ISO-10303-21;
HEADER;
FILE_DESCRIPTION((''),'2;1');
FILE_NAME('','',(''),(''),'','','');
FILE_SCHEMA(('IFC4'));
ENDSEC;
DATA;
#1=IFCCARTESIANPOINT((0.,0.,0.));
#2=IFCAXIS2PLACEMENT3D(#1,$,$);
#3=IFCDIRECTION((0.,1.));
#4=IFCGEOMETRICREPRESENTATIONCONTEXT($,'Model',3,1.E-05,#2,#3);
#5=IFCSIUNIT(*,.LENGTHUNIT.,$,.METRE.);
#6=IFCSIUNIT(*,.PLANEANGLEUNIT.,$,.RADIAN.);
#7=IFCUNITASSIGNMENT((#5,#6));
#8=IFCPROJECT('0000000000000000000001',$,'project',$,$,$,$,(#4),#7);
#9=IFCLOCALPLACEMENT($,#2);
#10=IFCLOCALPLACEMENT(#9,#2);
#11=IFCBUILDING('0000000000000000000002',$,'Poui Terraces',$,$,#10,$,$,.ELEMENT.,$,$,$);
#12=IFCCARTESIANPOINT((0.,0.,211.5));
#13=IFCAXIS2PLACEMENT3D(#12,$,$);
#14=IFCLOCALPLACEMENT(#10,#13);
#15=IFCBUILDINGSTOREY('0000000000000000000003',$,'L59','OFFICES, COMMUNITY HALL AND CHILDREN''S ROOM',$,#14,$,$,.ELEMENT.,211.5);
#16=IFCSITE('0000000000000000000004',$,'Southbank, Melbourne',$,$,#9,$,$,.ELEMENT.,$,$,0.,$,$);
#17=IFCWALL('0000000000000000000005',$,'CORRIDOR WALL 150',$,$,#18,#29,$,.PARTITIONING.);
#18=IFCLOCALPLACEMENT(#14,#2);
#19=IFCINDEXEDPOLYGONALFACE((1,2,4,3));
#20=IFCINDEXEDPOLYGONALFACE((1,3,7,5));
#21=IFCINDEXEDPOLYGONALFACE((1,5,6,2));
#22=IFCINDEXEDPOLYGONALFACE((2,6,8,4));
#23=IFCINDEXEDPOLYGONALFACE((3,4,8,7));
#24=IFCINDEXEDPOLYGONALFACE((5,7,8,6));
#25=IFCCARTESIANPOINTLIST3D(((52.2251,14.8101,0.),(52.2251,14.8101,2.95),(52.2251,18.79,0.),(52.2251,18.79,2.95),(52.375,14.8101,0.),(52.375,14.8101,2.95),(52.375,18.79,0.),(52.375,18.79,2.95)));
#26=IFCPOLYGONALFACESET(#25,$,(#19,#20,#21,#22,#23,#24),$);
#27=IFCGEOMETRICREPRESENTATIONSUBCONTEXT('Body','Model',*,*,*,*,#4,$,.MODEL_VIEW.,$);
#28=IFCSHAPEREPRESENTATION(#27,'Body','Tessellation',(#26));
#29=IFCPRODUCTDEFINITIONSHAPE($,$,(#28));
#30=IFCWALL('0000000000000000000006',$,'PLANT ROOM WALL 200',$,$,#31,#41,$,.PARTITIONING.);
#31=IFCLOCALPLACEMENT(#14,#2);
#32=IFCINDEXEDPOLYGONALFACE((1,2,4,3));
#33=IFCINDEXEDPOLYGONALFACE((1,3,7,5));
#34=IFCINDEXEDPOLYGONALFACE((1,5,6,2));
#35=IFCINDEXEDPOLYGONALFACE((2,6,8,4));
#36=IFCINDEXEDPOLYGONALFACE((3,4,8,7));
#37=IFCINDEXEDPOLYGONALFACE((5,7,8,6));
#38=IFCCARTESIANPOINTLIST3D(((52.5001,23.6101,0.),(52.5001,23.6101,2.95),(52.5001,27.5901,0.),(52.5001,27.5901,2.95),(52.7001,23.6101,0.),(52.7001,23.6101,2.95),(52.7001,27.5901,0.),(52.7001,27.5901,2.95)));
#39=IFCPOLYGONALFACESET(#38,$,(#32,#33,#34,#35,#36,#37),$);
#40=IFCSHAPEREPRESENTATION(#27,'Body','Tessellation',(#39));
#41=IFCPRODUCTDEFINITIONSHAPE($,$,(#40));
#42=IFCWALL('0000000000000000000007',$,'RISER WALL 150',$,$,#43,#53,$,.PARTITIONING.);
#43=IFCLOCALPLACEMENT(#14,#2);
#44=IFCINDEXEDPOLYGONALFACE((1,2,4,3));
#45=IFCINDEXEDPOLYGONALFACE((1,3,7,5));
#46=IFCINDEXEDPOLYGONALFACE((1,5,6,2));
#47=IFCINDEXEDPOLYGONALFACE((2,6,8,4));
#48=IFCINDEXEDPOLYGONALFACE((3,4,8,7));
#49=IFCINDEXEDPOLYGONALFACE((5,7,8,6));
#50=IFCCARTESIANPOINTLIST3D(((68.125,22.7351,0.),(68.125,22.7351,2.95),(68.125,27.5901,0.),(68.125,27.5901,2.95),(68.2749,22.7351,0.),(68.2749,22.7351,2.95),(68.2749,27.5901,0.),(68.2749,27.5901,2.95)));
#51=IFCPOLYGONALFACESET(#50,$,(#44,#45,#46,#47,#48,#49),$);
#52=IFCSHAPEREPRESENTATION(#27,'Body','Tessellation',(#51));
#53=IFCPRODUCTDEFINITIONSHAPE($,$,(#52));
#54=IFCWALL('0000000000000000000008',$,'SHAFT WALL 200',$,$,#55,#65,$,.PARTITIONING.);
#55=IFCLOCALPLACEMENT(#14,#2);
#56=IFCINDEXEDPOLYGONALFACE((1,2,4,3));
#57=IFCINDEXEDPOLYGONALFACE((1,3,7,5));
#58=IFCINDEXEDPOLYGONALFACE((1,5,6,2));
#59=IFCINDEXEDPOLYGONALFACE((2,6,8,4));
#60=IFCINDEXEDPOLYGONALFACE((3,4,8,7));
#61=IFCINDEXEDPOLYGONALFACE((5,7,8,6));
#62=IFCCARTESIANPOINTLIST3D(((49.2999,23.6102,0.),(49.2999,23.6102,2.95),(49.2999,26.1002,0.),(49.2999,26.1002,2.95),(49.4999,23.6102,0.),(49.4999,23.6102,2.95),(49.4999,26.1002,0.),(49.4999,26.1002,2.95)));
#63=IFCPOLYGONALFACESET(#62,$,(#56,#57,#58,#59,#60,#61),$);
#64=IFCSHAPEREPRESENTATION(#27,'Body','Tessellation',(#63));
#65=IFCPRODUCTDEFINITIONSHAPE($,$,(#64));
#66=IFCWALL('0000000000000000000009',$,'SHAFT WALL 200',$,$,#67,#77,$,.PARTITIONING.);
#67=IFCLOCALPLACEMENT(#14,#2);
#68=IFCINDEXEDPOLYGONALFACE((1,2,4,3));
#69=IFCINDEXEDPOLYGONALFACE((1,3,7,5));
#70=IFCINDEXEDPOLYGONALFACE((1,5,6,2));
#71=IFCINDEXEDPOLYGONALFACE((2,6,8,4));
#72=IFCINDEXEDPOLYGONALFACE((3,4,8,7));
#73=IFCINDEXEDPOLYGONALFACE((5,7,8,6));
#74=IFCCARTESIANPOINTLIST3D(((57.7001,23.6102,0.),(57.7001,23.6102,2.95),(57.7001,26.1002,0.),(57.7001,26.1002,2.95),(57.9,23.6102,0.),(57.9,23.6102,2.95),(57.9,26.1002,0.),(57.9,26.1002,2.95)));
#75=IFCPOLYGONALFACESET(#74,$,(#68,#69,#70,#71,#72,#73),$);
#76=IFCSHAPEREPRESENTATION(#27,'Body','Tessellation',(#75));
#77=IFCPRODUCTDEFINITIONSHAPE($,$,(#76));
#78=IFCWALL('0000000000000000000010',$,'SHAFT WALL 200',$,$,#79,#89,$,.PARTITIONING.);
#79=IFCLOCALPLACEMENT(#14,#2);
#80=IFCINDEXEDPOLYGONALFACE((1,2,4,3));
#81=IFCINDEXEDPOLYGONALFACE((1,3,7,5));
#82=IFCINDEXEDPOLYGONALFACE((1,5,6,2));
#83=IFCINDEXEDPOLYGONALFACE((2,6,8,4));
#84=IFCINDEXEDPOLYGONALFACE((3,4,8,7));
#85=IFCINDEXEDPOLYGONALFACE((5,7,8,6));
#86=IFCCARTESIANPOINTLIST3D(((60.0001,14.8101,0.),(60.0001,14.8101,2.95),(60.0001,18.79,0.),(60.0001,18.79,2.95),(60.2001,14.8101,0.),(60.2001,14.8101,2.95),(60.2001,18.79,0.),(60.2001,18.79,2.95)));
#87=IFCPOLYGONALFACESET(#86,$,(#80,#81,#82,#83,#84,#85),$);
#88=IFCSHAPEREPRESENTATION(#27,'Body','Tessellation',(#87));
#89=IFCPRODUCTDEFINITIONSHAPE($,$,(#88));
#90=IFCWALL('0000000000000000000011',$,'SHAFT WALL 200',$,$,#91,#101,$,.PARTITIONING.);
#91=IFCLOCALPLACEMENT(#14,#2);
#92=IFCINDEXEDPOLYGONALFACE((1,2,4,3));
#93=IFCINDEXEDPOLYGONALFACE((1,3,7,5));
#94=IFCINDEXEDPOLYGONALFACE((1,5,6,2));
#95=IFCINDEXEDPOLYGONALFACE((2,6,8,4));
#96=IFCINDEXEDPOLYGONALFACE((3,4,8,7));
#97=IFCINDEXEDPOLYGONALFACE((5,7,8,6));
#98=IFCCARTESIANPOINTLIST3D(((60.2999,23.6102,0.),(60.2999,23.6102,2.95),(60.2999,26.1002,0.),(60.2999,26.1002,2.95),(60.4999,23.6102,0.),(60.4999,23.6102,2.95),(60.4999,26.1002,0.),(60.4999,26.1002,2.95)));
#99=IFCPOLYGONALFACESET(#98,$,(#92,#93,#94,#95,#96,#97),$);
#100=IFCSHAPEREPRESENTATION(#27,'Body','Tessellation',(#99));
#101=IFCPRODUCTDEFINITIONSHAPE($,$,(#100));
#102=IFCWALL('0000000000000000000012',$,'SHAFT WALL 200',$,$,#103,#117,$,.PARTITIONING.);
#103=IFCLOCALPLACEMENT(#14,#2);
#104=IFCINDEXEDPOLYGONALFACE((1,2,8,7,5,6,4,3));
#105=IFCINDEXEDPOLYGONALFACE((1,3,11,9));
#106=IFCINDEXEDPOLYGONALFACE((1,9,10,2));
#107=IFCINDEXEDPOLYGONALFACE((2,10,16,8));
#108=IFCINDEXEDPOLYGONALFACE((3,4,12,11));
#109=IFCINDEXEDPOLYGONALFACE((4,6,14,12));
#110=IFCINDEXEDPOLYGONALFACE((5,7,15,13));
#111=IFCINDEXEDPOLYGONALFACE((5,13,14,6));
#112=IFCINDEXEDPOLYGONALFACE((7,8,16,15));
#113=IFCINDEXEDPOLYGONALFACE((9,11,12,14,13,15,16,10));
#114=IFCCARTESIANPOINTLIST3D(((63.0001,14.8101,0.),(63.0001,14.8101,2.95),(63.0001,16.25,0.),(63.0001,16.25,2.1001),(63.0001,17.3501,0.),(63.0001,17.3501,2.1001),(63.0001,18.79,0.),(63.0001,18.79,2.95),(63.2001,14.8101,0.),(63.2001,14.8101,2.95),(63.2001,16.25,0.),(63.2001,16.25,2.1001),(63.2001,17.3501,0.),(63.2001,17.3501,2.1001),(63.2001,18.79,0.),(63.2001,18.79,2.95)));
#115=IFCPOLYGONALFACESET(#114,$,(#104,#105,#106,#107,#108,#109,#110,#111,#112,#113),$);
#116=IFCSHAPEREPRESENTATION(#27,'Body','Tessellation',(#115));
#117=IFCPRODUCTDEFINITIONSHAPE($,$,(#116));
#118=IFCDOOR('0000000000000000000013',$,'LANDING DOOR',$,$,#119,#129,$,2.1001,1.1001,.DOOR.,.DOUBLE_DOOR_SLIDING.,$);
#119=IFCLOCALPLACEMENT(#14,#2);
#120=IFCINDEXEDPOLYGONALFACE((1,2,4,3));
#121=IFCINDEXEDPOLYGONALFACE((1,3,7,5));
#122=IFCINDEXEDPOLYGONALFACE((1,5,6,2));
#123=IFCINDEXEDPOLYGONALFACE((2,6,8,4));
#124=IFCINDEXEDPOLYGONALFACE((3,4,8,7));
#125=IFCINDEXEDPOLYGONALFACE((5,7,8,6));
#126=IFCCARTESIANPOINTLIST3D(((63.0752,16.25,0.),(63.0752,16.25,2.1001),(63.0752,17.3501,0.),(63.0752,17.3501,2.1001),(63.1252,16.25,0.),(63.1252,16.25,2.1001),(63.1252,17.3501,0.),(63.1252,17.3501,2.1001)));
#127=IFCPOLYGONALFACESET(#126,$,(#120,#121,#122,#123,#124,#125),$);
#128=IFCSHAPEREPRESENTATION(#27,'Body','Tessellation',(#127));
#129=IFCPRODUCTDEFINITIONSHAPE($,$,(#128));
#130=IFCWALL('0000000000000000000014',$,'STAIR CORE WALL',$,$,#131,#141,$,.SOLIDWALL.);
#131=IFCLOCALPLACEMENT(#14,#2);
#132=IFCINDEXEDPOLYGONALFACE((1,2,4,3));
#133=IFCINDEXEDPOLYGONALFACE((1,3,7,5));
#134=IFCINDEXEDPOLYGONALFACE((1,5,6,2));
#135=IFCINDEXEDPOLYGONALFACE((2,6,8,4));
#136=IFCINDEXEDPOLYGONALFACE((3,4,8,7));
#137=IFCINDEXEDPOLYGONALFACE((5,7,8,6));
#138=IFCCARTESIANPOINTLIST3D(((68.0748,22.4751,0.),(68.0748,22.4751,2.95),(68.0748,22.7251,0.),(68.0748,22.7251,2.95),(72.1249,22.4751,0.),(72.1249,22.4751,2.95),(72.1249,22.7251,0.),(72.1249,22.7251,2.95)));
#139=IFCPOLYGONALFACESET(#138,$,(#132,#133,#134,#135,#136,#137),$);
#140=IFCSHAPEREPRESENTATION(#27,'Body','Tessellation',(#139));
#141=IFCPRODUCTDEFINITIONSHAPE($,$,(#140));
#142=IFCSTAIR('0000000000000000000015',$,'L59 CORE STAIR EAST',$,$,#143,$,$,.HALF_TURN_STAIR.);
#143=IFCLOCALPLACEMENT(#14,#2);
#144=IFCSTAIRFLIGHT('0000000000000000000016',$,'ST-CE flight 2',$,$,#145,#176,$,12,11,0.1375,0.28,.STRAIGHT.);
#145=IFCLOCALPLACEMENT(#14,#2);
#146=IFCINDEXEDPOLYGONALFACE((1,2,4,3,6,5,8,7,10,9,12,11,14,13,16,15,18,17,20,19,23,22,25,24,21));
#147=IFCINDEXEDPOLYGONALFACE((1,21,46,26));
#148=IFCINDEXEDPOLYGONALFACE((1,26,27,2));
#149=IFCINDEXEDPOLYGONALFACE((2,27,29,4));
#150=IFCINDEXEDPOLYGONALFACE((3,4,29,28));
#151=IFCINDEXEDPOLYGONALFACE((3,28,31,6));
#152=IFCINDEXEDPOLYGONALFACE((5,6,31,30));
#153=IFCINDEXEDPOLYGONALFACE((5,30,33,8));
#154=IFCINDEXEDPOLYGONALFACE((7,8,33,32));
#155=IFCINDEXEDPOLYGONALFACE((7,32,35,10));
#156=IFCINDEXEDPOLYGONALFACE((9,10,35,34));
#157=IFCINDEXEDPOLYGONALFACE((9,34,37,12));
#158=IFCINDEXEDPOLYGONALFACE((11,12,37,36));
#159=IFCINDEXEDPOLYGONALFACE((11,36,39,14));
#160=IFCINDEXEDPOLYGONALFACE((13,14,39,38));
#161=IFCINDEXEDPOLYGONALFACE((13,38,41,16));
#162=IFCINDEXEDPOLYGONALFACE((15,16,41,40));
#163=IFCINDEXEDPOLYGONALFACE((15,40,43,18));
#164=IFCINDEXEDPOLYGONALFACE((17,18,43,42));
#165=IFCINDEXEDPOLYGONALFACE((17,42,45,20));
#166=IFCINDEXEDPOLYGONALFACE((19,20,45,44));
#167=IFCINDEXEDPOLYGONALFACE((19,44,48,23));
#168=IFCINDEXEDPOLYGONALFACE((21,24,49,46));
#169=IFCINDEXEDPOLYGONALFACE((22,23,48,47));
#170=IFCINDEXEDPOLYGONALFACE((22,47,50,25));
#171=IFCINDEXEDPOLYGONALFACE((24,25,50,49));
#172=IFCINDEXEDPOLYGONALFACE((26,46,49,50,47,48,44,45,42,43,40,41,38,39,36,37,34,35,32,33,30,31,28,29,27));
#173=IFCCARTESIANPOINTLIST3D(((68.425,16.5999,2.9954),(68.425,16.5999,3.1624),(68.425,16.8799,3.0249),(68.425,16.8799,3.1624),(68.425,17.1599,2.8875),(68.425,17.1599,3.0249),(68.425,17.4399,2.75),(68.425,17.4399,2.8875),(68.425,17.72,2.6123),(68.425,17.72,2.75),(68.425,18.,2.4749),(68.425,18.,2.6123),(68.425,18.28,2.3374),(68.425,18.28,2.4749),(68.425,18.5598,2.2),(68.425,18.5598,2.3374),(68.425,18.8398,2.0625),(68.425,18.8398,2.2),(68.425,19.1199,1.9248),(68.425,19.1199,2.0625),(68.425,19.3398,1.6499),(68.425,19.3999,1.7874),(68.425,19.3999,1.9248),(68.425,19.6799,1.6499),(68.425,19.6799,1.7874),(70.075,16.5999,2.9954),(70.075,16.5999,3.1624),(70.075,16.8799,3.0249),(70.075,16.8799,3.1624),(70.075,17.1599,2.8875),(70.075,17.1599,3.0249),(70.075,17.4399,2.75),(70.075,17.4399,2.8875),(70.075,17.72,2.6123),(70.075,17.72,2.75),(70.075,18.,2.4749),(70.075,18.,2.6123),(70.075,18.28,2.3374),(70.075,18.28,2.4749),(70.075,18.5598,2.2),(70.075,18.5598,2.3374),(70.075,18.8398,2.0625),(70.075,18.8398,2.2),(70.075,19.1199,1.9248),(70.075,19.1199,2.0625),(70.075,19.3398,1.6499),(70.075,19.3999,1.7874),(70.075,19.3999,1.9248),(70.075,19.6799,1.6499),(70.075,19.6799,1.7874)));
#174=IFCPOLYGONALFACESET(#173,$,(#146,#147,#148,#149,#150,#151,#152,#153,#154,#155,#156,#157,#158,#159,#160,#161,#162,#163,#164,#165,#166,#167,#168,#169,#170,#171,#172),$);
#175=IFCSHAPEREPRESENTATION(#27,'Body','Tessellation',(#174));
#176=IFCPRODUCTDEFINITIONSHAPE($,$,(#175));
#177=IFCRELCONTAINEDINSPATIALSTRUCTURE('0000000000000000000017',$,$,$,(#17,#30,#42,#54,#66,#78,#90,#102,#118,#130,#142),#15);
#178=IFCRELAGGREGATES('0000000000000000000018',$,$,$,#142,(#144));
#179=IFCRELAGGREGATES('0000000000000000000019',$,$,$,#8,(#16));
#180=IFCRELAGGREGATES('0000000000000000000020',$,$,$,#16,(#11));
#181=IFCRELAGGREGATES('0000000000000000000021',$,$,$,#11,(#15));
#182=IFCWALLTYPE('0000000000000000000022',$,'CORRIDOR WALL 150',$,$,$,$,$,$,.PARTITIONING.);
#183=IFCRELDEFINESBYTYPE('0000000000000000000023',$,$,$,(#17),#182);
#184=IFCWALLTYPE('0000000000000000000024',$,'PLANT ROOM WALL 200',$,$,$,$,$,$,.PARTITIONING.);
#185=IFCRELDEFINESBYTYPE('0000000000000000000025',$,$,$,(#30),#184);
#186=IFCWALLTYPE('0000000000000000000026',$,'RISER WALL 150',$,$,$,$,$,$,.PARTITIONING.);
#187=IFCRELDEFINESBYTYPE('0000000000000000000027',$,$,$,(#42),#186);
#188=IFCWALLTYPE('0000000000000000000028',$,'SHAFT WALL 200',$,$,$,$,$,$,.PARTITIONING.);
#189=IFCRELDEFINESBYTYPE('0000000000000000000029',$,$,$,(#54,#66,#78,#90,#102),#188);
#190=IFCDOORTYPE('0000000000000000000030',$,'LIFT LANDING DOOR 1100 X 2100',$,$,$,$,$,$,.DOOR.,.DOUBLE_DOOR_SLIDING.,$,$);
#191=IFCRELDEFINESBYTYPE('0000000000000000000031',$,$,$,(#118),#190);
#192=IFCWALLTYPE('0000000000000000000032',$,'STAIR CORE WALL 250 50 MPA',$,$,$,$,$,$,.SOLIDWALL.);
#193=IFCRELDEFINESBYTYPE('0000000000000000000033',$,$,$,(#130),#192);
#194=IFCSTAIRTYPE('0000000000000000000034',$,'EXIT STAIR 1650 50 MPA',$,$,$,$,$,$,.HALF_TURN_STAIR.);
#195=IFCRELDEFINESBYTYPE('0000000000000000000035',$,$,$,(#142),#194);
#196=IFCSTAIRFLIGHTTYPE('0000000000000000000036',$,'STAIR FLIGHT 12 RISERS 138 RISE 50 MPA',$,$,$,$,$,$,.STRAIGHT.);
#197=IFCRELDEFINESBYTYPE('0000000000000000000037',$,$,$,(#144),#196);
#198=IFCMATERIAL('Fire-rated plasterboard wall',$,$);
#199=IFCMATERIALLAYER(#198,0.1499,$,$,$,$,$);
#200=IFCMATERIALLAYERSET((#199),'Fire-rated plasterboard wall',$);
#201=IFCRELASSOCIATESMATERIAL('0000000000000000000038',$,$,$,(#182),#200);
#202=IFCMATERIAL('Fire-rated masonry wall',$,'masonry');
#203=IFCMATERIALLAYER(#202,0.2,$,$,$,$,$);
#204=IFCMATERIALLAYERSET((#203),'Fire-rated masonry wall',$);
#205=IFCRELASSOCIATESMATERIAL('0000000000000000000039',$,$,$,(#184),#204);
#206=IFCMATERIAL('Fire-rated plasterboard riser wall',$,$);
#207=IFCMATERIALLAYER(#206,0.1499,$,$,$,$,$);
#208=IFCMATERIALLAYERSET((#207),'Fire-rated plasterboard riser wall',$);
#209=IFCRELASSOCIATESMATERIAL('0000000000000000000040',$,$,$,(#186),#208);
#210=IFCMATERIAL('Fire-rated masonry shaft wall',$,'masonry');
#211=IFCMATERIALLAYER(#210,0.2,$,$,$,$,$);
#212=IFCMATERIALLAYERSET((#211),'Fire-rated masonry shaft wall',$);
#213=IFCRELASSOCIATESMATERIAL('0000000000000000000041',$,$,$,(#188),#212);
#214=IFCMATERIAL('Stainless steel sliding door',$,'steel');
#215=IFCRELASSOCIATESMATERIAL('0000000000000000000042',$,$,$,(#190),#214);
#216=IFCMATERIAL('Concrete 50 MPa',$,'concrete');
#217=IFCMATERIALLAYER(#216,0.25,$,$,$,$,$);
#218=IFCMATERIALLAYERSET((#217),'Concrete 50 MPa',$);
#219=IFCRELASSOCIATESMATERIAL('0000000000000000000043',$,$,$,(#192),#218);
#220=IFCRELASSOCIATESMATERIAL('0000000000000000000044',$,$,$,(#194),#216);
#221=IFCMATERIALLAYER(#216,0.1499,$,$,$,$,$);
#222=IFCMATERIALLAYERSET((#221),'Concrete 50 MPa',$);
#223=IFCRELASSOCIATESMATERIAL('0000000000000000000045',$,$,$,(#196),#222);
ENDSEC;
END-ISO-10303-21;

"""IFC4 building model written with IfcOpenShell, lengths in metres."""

from ifc_helpers import new_model, si_unit, direction, frame, frame_2d, origin, place, context, subcontext, project, spatial, polyline, rectangle, outline, extrude, material, layer, layer_set, type_object, element, fill, aggregate, save


model = new_model("IFC4")

# Units and contexts
model_context = context("Model", 3, precision=1e-05, world=origin(), true_north=direction((0.0, 1.0)))
body_context = subcontext(model_context, "Body", "Model", "MODEL_VIEW")
ifc_project = project(units=[si_unit("LENGTHUNIT", "METRE"), si_unit("PLANEANGLEUNIT", "RADIAN")], contexts=[model_context])

# Site, building, storey
site_placement = place(None, origin())
site = spatial("IfcSite", under=ifc_project, at=site_placement, Name="Southbank, Melbourne", CompositionType="ELEMENT", RefElevation=0.0)
building_placement = place(site_placement, origin())
building = spatial("IfcBuilding", under=site, at=building_placement, Name="Poui Terraces", CompositionType="ELEMENT")
storey_placement = place(building_placement, frame((0.0, 0.0, 211.5)))
storey = spatial("IfcBuildingStorey", under=building, at=storey_placement, Name="L59", Description="OFFICES, COMMUNITY HALL AND CHILDREN'S ROOM", CompositionType="ELEMENT", Elevation=211.5)

# Walls
ifc_material_1 = material(Name="Fire-rated plasterboard wall")
ifc_layer_1 = layer(ifc_material_1, 0.1499)
ifc_layer_set_1 = layer_set([ifc_layer_1], Name="Fire-rated plasterboard wall")
wall_type_1 = type_object("IfcWallType", Name="CORRIDOR WALL 150", PredefinedType="PARTITIONING", material=ifc_layer_set_1)
wall_1_placement = place(storey_placement, frame((52.3, 14.8101, 0.0), z_axis=(0.0, 0.0, 1.0), x_axis=(0.0, 1.0, 0.0)))
element("IfcWall", 1, at=wall_1_placement, inside=storey, type_object=wall_type_1, Name="CORRIDOR WALL 150", PredefinedType="PARTITIONING", context=body_context, shape_type="SweptSolid", body=[
    extrude(rectangle(XDim=3.98, YDim=0.1499, at=frame_2d((1.99, 0.0))), origin(), (0.0, 0.0, 1.0), 2.95),
])
ifc_material_2 = material(Name="Fire-rated masonry wall", Category="masonry")
ifc_layer_2 = layer(ifc_material_2, 0.2)
ifc_layer_set_2 = layer_set([ifc_layer_2], Name="Fire-rated masonry wall")
wall_type_2 = type_object("IfcWallType", Name="PLANT ROOM WALL 200", PredefinedType="PARTITIONING", material=ifc_layer_set_2)
wall_2_placement = place(storey_placement, frame((52.6001, 23.6101, 0.0), z_axis=(0.0, 0.0, 1.0), x_axis=(0.0, 1.0, 0.0)))
element("IfcWall", 2, at=wall_2_placement, inside=storey, type_object=wall_type_2, Name="PLANT ROOM WALL 200", PredefinedType="PARTITIONING", context=body_context, shape_type="SweptSolid", body=[
    extrude(rectangle(XDim=3.98, YDim=0.2, at=frame_2d((1.99, 0.0))), origin(), (0.0, 0.0, 1.0), 2.95),
])
ifc_material_3 = material(Name="Fire-rated plasterboard riser wall")
ifc_layer_3 = layer(ifc_material_3, 0.1499)
ifc_layer_set_3 = layer_set([ifc_layer_3], Name="Fire-rated plasterboard riser wall")
wall_type_3 = type_object("IfcWallType", Name="RISER WALL 150", PredefinedType="PARTITIONING", material=ifc_layer_set_3)
wall_3_placement = place(storey_placement, frame((68.2, 22.7351, 0.0), z_axis=(0.0, 0.0, 1.0), x_axis=(0.0, 1.0, 0.0)))
element("IfcWall", 3, at=wall_3_placement, inside=storey, type_object=wall_type_3, Name="RISER WALL 150", PredefinedType="PARTITIONING", context=body_context, shape_type="SweptSolid", body=[
    extrude(rectangle(XDim=4.855, YDim=0.1499, at=frame_2d((2.4275, 0.0))), origin(), (0.0, 0.0, 1.0), 2.95),
])
ifc_material_4 = material(Name="Fire-rated masonry shaft wall", Category="masonry")
ifc_layer_4 = layer(ifc_material_4, 0.2)
ifc_layer_set_4 = layer_set([ifc_layer_4], Name="Fire-rated masonry shaft wall")
wall_type_4 = type_object("IfcWallType", Name="SHAFT WALL 200", PredefinedType="PARTITIONING", material=ifc_layer_set_4)
for number, where, z_axis, x_axis, name in (
    (4, (49.3999, 23.6101, 0.0), (0.0, 0.0, 1.0), (0.0, 1.0, 0.0), "SHAFT WALL 200"),
    (5, (57.8, 23.6101, 0.0), (0.0, 0.0, 1.0), (0.0, 1.0, 0.0), "SHAFT WALL 200"),
):
    element("IfcWall", number, at=place(storey_placement, frame(where, z_axis=z_axis, x_axis=x_axis)), inside=storey, type_object=wall_type_4, Name=name, PredefinedType="PARTITIONING", context=body_context, shape_type="SweptSolid", body=[
        extrude(rectangle(XDim=2.49, YDim=0.2, at=frame_2d((1.2451, 0.0))), origin(), (0.0, 0.0, 1.0), 2.95),
    ])
wall_4_placement = place(storey_placement, frame((60.1001, 14.8101, 0.0), z_axis=(0.0, 0.0, 1.0), x_axis=(0.0, 1.0, 0.0)))
element("IfcWall", 6, at=wall_4_placement, inside=storey, type_object=wall_type_4, Name="SHAFT WALL 200", PredefinedType="PARTITIONING", context=body_context, shape_type="SweptSolid", body=[
    extrude(rectangle(XDim=3.98, YDim=0.2, at=frame_2d((1.99, 0.0))), origin(), (0.0, 0.0, 1.0), 2.95),
])
wall_5_placement = place(storey_placement, frame((60.3999, 23.6101, 0.0), z_axis=(0.0, 0.0, 1.0), x_axis=(0.0, 1.0, 0.0)))
element("IfcWall", 7, at=wall_5_placement, inside=storey, type_object=wall_type_4, Name="SHAFT WALL 200", PredefinedType="PARTITIONING", context=body_context, shape_type="SweptSolid", body=[
    extrude(rectangle(XDim=2.49, YDim=0.2, at=frame_2d((1.2451, 0.0))), origin(), (0.0, 0.0, 1.0), 2.95),
])

# Wall, opening, door
wall_6_placement = place(storey_placement, frame((63.1001, 14.8101, 0.0), z_axis=(0.0, 0.0, 1.0), x_axis=(0.0, 1.0, 0.0)))
wall_6 = element("IfcWall", 8, at=wall_6_placement, inside=storey, type_object=wall_type_4, Name="SHAFT WALL 200", PredefinedType="PARTITIONING", context=body_context, shape_type="SweptSolid", body=[
    extrude(rectangle(XDim=3.98, YDim=0.2, at=frame_2d((1.99, 0.0))), origin(), (0.0, 0.0, 1.0), 2.95),
])
opening_placement = place(wall_6_placement, frame((1.4399, 0.0, 0.0)))
opening = element("IfcOpeningElement", 9, at=opening_placement, cuts=wall_6, PredefinedType="OPENING", context=body_context, shape_type="SweptSolid", body=[
    extrude(rectangle(XDim=1.1001, YDim=2.1001, at=frame_2d((0.55, 1.05))), frame((0.0, 0.1099, 0.0), z_axis=(0.0, -1.0, 0.0), x_axis=(1.0, 0.0, 0.0)), (0.0, 0.0, 1.0), 0.22),
])
ifc_material_5 = material(Name="Stainless steel sliding door", Category="steel")
door_type = type_object("IfcDoorType", Name="LIFT LANDING DOOR 1100 X 2100", OperationType="DOUBLE_DOOR_SLIDING", PredefinedType="DOOR", material=ifc_material_5)
door_placement = place(opening_placement, origin())
door = element("IfcDoor", 10, at=door_placement, inside=storey, type_object=door_type, Name="LANDING DOOR", OperationType="DOUBLE_DOOR_SLIDING", OverallHeight=2.1001, OverallWidth=1.1001, PredefinedType="DOOR", context=body_context, shape_type="SweptSolid", body=[
    extrude(rectangle(XDim=1.1001, YDim=2.1001, at=frame_2d((0.55, 1.05))), frame((0.0, 0.0249, 0.0), z_axis=(0.0, -1.0, 0.0), x_axis=(1.0, 0.0, 0.0)), (0.0, 0.0, 1.0), 0.05),
])
fill(opening, door)

# Wall
ifc_material_6 = material(Name="Concrete 50 MPa", Category="concrete")
ifc_layer_5 = layer(ifc_material_6, 0.25)
ifc_layer_set_5 = layer_set([ifc_layer_5], Name="Concrete 50 MPa")
wall_type_5 = type_object("IfcWallType", Name="STAIR CORE WALL 250 50 MPA", PredefinedType="SOLIDWALL", material=ifc_layer_set_5)
wall_7_placement = place(storey_placement, frame((68.075, 22.6001, 0.0), z_axis=(0.0, 0.0, 1.0), x_axis=(1.0, 0.0, 0.0)))
element("IfcWall", 11, at=wall_7_placement, inside=storey, type_object=wall_type_5, Name="STAIR CORE WALL", PredefinedType="SOLIDWALL", context=body_context, shape_type="SweptSolid", body=[
    extrude(rectangle(XDim=4.05, YDim=0.25, at=frame_2d((2.0249, 0.0))), origin(), (0.0, 0.0, 1.0), 2.95),
])

# Stair, stair flight
stair_type = type_object("IfcStairType", Name="EXIT STAIR 1650 50 MPA", PredefinedType="HALF_TURN_STAIR", material=ifc_material_6)
stair_placement = place(storey_placement, origin())
stair = element("IfcStair", 12, at=stair_placement, inside=storey, type_object=stair_type, Name="L59 CORE STAIR EAST", PredefinedType="HALF_TURN_STAIR")
ifc_layer_6 = layer(ifc_material_6, 0.1499)
ifc_layer_set_6 = layer_set([ifc_layer_6], Name="Concrete 50 MPa")
stair_flight_type = type_object("IfcStairFlightType", Name="STAIR FLIGHT 12 RISERS 138 RISE 50 MPA", PredefinedType="STRAIGHT", material=ifc_layer_set_6)
stair_flight_placement = place(storey_placement, frame((69.25, 19.6799, 1.6499), z_axis=(0.0, 0.0, 1.0), x_axis=(0.0, -1.0, 0.0)))
stair_flight = element("IfcStairFlight", 13, at=stair_flight_placement, type_object=stair_flight_type, Name="ST-CE flight 2", NumberOfRisers=12, NumberOfTreads=11, PredefinedType="STRAIGHT", RiserHeight=0.1375, TreadLength=0.28, context=body_context, shape_type="SweptSolid", body=[
    extrude(outline(polyline([(0.0, 0.0), (0.0, 0.1375), (0.28, 0.1375), (0.28, 0.2749), (0.5601, 0.2749), (0.5601, 0.4126), (0.8401, 0.4126), (0.8401, 0.55), (1.1201, 0.55), (1.1201, 0.6875), (1.3999, 0.6875), (1.3999, 0.825), (1.6799, 0.825), (1.6799, 0.9624), (1.96, 0.9624), (1.96, 1.1001), (2.24, 1.1001), (2.24, 1.2375), (2.52, 1.2375), (2.52, 1.375), (2.8, 1.375), (2.8, 1.5125), (3.0801, 1.5125), (3.0801, 1.6499), (3.0801, 1.3455), (0.3401, 0.0), (0.0, 0.0)])), frame((0.0, 0.825, 0.0), z_axis=(0.0, -1.0, 0.0), x_axis=(1.0, 0.0, 0.0)), (0.0, 0.0, 1.0), 1.6499),
])
aggregate(stair, [stair_flight])

save(model, "model.ifc")
